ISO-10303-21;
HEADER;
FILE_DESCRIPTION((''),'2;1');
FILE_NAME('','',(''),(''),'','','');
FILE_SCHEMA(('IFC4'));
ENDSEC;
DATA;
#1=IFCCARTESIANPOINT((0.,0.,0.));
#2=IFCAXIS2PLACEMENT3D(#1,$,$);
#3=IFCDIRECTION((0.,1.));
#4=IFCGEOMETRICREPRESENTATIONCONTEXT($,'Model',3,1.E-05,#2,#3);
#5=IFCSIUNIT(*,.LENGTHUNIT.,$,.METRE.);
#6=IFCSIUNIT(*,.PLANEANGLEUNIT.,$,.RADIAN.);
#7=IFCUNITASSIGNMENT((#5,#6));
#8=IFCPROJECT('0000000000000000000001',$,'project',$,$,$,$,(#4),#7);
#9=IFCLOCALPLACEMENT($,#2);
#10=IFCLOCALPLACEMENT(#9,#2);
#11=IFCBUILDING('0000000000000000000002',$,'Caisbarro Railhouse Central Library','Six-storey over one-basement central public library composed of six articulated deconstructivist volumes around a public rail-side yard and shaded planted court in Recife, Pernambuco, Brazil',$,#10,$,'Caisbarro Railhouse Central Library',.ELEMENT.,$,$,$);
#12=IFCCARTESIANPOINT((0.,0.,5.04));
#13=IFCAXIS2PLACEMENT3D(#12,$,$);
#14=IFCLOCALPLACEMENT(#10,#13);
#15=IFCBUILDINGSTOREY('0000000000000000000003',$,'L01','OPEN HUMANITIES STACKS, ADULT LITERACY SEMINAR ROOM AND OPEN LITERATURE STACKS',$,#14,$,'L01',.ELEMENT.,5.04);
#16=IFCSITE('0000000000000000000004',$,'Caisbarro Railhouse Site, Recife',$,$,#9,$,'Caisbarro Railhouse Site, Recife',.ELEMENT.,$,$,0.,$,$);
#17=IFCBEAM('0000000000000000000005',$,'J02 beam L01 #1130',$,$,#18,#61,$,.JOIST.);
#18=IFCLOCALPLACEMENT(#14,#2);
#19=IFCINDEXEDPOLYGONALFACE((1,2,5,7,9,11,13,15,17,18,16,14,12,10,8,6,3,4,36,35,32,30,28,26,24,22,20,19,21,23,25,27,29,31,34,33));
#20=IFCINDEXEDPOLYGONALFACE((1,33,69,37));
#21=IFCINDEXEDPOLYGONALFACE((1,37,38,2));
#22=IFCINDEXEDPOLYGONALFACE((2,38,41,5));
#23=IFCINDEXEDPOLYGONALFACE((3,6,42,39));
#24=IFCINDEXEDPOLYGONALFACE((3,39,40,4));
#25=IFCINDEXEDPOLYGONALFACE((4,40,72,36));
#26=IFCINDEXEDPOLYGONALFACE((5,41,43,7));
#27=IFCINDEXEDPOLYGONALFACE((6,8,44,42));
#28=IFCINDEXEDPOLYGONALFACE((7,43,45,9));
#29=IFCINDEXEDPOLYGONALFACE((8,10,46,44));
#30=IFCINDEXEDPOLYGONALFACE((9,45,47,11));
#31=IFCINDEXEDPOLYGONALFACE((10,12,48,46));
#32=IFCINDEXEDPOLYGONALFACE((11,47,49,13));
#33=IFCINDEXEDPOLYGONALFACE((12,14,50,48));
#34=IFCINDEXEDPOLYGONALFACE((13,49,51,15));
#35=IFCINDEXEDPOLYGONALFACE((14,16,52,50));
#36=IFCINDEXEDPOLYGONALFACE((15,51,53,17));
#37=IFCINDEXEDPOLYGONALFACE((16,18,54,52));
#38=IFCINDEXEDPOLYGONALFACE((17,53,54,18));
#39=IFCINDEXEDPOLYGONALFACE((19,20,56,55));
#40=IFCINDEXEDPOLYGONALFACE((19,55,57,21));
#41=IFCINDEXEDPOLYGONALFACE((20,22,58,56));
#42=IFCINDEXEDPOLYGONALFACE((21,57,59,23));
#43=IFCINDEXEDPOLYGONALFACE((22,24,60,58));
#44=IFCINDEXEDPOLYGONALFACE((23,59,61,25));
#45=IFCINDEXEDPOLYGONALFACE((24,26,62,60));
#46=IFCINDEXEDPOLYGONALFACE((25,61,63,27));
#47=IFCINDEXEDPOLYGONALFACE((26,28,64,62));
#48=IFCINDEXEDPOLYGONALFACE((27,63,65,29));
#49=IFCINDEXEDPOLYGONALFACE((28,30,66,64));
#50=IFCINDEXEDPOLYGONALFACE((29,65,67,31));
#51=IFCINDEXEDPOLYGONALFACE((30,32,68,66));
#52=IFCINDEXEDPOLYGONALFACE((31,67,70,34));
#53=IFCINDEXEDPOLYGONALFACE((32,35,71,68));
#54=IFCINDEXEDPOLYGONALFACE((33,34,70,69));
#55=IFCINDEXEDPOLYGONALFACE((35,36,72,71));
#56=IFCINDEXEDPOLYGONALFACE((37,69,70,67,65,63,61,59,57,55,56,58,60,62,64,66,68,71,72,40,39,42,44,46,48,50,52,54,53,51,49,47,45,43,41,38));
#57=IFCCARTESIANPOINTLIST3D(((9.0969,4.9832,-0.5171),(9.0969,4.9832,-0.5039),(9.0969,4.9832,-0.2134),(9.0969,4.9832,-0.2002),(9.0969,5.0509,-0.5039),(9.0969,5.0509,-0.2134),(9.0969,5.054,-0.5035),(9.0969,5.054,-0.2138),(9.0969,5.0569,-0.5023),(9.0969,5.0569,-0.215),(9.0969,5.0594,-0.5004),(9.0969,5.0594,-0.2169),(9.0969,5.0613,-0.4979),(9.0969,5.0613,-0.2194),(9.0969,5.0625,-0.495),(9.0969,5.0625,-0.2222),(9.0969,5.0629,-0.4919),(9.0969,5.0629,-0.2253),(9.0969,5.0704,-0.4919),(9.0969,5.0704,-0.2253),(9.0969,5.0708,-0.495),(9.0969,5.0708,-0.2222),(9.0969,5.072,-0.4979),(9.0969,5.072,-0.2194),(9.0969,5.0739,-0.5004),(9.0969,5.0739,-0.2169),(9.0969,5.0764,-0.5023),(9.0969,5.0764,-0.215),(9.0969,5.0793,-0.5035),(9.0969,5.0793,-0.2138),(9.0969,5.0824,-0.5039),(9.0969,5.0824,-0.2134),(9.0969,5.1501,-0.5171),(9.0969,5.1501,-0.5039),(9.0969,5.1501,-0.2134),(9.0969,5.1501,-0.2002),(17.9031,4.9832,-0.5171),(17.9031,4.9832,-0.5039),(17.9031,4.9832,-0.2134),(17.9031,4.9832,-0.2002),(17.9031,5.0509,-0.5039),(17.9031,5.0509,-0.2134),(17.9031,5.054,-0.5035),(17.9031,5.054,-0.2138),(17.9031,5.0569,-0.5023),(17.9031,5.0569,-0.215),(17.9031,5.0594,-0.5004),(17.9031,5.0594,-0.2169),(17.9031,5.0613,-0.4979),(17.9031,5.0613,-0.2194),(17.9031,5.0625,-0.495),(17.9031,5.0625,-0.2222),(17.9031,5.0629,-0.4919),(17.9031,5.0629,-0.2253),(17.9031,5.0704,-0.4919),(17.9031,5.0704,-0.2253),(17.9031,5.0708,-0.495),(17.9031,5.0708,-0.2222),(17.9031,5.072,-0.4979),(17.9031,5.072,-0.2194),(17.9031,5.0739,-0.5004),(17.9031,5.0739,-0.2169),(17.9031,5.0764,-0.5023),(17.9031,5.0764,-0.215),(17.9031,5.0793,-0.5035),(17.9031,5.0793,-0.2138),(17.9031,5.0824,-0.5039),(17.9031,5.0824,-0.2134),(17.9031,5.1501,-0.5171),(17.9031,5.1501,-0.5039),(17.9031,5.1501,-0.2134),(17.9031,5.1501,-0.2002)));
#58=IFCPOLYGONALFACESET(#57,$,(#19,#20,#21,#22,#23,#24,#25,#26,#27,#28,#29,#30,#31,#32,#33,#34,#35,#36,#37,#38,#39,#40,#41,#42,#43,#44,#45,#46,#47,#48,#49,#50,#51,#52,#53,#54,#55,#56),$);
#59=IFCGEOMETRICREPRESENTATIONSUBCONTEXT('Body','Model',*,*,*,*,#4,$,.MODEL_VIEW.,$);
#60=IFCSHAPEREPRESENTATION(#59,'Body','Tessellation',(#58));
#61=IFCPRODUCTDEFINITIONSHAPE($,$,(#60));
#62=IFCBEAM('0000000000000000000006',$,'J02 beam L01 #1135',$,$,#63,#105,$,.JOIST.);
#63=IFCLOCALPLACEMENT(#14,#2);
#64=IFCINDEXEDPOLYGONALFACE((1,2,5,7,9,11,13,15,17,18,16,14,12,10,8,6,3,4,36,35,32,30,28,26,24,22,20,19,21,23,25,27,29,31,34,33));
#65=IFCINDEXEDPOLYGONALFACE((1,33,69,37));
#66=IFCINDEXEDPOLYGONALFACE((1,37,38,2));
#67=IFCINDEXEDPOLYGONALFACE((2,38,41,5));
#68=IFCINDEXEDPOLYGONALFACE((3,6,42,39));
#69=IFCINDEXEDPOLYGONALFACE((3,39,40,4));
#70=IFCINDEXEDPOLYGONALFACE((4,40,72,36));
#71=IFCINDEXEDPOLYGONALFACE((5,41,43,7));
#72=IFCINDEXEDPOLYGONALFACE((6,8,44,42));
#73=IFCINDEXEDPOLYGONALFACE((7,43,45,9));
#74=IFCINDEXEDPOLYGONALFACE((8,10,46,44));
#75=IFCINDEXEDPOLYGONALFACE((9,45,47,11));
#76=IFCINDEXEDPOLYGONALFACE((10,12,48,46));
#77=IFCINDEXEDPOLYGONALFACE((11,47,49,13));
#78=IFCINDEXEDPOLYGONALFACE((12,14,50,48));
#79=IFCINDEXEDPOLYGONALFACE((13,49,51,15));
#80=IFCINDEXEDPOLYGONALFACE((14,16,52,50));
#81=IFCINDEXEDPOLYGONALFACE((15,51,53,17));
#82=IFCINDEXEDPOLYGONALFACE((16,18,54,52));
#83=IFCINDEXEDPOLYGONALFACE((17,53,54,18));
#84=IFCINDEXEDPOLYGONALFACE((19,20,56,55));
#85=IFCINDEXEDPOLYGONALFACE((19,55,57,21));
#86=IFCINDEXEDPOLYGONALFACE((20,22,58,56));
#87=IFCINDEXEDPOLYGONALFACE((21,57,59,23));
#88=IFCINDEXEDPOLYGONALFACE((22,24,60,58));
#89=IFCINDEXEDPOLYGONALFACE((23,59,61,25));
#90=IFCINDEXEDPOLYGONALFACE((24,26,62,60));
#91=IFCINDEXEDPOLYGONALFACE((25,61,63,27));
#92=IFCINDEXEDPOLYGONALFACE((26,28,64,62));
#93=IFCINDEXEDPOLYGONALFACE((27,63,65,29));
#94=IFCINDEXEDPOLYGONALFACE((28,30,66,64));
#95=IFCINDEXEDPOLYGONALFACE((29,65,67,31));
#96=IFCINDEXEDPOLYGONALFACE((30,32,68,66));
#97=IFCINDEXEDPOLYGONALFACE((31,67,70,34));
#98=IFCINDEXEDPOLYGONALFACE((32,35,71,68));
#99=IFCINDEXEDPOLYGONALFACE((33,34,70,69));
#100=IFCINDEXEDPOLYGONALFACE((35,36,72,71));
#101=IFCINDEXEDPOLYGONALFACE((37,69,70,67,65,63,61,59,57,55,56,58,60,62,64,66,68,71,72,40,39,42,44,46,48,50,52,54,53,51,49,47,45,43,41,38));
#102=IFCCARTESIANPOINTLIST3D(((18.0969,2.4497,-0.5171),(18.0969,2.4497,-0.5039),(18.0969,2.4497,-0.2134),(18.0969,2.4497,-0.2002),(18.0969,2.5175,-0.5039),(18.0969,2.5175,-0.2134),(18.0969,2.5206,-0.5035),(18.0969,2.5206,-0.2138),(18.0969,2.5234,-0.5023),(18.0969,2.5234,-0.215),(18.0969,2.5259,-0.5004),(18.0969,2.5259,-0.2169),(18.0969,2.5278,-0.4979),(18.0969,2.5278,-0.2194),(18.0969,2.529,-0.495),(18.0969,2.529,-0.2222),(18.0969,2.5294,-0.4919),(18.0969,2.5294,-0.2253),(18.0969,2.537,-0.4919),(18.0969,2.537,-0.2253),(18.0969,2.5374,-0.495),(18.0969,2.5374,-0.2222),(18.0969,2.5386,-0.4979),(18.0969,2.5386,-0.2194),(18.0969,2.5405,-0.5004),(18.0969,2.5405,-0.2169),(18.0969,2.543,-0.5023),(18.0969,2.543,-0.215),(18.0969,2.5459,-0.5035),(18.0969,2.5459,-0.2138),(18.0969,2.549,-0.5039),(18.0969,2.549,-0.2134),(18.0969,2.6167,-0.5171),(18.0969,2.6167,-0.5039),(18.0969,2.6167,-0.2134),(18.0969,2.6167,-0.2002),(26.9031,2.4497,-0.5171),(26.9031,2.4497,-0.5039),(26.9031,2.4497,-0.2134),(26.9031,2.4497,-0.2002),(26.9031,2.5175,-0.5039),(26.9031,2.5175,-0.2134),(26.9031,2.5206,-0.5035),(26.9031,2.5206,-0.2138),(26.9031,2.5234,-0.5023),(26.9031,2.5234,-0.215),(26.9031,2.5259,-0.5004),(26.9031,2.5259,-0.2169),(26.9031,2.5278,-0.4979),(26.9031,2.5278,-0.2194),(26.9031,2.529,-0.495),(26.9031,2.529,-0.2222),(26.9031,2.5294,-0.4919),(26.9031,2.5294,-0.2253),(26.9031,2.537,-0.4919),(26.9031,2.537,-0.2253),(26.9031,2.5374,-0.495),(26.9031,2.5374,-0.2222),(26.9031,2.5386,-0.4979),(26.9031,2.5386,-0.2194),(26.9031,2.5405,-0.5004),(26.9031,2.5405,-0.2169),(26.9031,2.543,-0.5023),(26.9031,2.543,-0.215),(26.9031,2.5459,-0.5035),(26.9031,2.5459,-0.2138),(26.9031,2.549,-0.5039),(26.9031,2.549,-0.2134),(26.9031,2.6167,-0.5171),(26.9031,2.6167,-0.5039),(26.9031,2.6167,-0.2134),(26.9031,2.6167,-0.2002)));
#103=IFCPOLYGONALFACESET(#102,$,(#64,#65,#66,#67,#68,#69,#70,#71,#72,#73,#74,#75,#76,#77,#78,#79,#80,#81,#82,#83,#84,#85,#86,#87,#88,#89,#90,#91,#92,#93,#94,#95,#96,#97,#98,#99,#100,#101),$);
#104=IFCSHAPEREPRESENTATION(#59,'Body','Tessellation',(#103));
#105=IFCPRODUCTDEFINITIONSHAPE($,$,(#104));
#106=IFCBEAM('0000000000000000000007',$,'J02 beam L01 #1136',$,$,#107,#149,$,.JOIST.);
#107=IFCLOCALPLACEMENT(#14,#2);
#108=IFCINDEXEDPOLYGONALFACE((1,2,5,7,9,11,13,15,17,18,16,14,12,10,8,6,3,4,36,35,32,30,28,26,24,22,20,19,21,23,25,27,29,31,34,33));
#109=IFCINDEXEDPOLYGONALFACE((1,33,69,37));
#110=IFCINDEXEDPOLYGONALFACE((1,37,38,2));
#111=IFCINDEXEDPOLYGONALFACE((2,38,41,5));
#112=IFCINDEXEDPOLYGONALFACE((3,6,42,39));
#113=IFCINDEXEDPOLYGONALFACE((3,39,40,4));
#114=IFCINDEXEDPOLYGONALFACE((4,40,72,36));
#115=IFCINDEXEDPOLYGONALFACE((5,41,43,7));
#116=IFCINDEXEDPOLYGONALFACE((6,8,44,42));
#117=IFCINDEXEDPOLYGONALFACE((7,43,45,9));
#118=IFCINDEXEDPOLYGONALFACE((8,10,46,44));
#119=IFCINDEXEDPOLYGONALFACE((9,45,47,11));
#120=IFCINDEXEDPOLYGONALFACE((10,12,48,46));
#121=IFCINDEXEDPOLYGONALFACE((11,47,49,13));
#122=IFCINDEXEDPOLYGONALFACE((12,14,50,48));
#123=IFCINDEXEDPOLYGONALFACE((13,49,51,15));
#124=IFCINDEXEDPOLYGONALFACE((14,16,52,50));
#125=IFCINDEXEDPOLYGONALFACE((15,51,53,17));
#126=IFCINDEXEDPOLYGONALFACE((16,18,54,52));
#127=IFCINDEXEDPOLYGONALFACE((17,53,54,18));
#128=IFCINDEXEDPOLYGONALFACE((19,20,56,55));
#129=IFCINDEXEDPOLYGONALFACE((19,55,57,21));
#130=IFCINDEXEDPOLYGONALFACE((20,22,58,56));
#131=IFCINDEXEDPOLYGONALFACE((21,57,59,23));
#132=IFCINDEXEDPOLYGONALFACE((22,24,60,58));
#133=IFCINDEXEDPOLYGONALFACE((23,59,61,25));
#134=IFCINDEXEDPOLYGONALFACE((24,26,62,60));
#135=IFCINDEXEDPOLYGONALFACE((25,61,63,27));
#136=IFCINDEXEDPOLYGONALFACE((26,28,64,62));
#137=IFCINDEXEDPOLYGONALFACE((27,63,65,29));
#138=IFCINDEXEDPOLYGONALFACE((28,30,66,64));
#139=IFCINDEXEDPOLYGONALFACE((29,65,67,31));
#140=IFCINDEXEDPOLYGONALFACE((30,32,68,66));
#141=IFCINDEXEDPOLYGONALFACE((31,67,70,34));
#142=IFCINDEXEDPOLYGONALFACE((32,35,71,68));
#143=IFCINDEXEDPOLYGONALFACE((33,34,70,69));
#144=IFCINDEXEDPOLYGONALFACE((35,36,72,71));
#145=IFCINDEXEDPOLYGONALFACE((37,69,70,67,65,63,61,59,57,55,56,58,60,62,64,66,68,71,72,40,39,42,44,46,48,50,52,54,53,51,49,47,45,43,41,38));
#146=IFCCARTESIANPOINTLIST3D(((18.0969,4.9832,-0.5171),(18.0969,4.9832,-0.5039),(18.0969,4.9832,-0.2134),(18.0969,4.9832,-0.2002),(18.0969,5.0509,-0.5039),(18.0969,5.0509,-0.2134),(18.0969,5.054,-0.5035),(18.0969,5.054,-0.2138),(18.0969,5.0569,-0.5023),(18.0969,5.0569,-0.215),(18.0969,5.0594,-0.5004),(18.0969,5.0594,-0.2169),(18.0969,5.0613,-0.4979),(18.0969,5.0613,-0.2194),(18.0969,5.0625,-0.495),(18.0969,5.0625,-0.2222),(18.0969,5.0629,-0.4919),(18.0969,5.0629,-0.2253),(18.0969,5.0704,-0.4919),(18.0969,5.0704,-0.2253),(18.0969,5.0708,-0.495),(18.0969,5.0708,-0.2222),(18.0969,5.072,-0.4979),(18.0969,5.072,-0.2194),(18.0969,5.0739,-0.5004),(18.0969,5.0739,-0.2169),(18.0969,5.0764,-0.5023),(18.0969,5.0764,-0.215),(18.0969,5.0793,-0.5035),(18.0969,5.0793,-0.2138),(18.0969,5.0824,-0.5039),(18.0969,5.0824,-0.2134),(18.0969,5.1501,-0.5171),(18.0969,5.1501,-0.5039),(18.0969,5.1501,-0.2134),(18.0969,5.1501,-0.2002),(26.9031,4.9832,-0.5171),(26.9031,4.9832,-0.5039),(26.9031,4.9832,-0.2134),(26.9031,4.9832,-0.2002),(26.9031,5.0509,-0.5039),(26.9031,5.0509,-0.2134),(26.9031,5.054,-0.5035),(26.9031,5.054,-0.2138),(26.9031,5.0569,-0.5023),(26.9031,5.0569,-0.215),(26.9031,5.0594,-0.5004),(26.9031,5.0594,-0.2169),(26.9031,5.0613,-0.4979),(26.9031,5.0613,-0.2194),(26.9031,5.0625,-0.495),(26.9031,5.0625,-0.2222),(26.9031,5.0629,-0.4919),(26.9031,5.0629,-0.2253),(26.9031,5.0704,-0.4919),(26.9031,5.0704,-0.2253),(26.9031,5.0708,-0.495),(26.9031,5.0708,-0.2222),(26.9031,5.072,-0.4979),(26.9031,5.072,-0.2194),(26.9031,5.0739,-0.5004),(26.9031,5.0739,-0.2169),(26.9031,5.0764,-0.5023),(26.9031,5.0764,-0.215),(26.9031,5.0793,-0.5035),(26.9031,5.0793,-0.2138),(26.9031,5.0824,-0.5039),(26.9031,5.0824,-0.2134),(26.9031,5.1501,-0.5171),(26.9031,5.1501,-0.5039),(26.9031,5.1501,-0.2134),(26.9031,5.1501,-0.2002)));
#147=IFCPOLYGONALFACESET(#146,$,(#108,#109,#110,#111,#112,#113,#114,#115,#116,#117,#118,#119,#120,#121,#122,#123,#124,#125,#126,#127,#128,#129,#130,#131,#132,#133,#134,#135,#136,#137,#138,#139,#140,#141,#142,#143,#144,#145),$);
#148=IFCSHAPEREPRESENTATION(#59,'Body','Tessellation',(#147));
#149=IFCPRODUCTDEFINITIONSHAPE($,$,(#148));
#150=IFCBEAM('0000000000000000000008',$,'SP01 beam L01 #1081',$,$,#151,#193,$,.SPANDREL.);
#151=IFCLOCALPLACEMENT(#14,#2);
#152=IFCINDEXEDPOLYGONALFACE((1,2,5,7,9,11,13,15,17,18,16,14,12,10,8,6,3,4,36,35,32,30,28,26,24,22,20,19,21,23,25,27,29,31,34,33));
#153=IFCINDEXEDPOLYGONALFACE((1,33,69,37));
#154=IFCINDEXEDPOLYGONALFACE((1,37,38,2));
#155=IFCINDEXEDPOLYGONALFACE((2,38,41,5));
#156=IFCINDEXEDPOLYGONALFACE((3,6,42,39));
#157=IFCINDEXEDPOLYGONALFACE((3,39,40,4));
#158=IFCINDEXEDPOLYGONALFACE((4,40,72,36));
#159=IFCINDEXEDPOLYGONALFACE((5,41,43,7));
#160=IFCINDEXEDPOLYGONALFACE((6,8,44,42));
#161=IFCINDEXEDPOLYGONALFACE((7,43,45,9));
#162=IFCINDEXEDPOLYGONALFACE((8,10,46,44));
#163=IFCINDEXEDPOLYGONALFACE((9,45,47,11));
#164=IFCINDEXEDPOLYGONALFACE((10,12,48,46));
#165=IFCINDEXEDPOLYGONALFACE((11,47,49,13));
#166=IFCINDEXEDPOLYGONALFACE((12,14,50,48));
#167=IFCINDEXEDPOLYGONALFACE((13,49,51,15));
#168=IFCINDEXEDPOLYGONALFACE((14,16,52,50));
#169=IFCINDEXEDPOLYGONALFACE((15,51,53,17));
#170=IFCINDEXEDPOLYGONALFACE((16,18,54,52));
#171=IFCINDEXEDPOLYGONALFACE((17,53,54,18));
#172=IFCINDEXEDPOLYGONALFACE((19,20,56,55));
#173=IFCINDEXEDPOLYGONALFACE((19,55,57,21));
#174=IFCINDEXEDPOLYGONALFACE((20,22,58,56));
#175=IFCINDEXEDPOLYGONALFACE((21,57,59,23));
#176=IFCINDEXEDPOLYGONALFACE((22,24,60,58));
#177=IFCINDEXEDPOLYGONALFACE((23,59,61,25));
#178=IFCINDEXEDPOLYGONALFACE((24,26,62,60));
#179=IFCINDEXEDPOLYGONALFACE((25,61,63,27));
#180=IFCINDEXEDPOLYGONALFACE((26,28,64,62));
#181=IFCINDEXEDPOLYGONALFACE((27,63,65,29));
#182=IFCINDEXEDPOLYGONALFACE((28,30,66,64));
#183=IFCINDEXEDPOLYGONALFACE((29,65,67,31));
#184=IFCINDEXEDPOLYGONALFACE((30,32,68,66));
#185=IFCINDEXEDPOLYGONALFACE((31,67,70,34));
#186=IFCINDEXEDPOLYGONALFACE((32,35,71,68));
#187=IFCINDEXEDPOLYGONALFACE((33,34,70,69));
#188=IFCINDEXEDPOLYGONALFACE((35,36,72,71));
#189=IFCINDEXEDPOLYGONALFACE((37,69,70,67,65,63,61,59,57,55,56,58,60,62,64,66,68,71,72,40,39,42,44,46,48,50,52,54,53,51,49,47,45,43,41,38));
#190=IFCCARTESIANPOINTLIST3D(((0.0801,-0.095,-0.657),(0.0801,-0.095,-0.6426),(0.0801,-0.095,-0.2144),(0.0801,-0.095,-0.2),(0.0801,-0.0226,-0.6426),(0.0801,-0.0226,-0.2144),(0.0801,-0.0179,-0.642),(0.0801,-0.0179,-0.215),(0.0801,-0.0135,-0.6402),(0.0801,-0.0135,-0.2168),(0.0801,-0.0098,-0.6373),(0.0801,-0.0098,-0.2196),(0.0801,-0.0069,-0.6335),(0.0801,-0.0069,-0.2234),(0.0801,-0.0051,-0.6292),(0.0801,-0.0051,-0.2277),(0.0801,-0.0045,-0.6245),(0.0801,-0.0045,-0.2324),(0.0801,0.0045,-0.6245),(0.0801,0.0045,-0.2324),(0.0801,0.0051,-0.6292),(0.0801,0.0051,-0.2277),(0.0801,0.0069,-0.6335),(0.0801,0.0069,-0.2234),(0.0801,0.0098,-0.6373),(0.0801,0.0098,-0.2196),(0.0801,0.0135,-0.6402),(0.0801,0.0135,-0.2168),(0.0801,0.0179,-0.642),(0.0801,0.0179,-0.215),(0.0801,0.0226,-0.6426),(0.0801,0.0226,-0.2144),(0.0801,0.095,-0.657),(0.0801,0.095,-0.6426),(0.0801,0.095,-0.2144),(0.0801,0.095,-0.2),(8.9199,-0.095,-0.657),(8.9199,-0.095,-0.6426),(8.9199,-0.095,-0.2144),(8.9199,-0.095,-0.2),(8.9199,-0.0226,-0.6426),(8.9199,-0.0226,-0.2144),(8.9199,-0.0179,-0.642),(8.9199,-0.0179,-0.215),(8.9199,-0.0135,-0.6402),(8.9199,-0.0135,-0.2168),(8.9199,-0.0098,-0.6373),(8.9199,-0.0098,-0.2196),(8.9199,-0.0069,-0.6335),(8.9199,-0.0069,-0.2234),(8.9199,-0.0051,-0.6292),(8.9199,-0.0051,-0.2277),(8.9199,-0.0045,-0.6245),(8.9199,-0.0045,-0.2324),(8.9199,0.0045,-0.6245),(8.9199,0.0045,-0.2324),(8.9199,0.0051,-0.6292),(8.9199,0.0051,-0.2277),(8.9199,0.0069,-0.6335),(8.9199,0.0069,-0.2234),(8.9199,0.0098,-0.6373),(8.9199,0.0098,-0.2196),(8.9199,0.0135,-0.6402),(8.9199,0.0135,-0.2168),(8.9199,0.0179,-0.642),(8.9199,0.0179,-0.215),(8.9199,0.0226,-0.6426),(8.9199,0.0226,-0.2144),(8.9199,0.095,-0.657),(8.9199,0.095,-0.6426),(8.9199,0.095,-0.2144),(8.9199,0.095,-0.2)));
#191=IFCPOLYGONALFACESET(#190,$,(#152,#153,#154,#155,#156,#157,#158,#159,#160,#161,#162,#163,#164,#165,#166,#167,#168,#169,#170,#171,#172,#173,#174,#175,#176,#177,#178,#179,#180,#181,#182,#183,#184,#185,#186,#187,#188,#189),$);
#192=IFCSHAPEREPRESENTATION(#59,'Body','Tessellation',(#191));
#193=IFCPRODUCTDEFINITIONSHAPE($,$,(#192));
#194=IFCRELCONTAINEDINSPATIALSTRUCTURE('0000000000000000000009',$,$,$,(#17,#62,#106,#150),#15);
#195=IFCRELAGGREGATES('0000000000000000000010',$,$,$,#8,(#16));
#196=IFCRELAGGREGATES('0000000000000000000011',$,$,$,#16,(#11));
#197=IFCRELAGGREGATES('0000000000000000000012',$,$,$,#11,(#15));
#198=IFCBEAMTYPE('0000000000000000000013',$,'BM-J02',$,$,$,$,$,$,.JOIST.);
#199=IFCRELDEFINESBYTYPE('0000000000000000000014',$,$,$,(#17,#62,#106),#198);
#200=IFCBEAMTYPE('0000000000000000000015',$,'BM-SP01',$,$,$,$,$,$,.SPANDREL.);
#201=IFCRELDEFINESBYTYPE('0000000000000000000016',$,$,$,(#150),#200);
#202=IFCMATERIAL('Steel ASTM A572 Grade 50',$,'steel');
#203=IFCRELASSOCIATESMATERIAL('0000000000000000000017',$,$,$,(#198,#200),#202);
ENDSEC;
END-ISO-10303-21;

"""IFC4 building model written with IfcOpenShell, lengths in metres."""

from ifc_helpers import new_model, si_unit, direction, frame, origin, origin_2d, place, context, subcontext, project, spatial, i_section, extrude, material, material_profile, profile_set, type_object, element, save


model = new_model("IFC4")

# Units and contexts
model_context = context("Model", 3, precision=1e-05, world=origin(), true_north=direction((0.0, 1.0)))
body_context = subcontext(model_context, "Body", "Model", "MODEL_VIEW")
ifc_project = project(units=[si_unit("LENGTHUNIT", "METRE"), si_unit("PLANEANGLEUNIT", "RADIAN")], contexts=[model_context])

# Site, building, storey
site_placement = place(None, origin())
site = spatial("IfcSite", under=ifc_project, at=site_placement, Name="Caisbarro Railhouse Site, Recife", LongName="Caisbarro Railhouse Site, Recife", CompositionType="ELEMENT", RefElevation=0.0)
building_placement = place(site_placement, origin())
building = spatial("IfcBuilding", under=site, at=building_placement, Name="Caisbarro Railhouse Central Library", Description="Six-storey over one-basement central public library composed of six articulated deconstructivist volumes around a public rail-side yard and shaded planted court in Recife, Pernambuco, Brazil", LongName="Caisbarro Railhouse Central Library", CompositionType="ELEMENT")
storey_placement = place(building_placement, frame((0.0, 0.0, 5.04)))
storey = spatial("IfcBuildingStorey", under=building, at=storey_placement, Name="L01", Description="OPEN HUMANITIES STACKS, ADULT LITERACY SEMINAR ROOM AND OPEN LITERATURE STACKS", LongName="L01", CompositionType="ELEMENT", Elevation=5.04)

# Shared definitions
ifc_material_1 = material(Name="Steel ASTM A572 Grade 50", Category="steel")

# Beams
ifc_material_profile_1 = material_profile(ifc_material_1, i_section(OverallWidth=0.167, OverallDepth=0.3169, WebThickness=0.0076, FlangeThickness=0.0132, FilletRadius=0.012, at=origin_2d()), Name="W310X52.0")
ifc_profile_set_1 = profile_set([ifc_material_profile_1], Name="Steel ASTM A572 Grade 50")
beam_type_1 = type_object("IfcBeamType", Name="BM-J02", PredefinedType="JOIST", material=ifc_profile_set_1)
for number, where, z_axis, x_axis, name in (
    (1, (9.0969, 5.0667, -0.3586), (1.0, 0.0, 0.0), (0.0, 1.0, 0.0), "J02 beam L01 #1130"),
    (2, (18.0969, 2.5332, -0.3586), (1.0, 0.0, 0.0), (0.0, 1.0, 0.0), "J02 beam L01 #1135"),
    (3, (18.0969, 5.0667, -0.3586), (1.0, 0.0, 0.0), (0.0, 1.0, 0.0), "J02 beam L01 #1136"),
):
    element("IfcBeam", number, at=place(storey_placement, frame(where, z_axis=z_axis, x_axis=x_axis)), inside=storey, type_object=beam_type_1, Name=name, PredefinedType="JOIST", context=body_context, shape_type="SweptSolid", body=[
        extrude(i_section(OverallWidth=0.167, OverallDepth=0.3169, WebThickness=0.0076, FlangeThickness=0.0132, FilletRadius=0.012, at=origin_2d()), origin(), (0.0, 0.0, 1.0), 8.8062),
    ])
ifc_material_profile_2 = material_profile(ifc_material_1, i_section(OverallWidth=0.1899, OverallDepth=0.457, WebThickness=0.009, FlangeThickness=0.0144, FilletRadius=0.0181, at=origin_2d()), Name="W460X74.0")
ifc_profile_set_2 = profile_set([ifc_material_profile_2], Name="Steel ASTM A572 Grade 50")
beam_type_2 = type_object("IfcBeamType", Name="BM-SP01", PredefinedType="SPANDREL", material=ifc_profile_set_2)
for number, where, z_axis, x_axis, name in (
    (4, (0.0801, 0.0, -0.4285), (1.0, 0.0, 0.0), (0.0, 1.0, 0.0), "SP01 beam L01 #1081"),
):
    element("IfcBeam", number, at=place(storey_placement, frame(where, z_axis=z_axis, x_axis=x_axis)), inside=storey, type_object=beam_type_2, Name=name, PredefinedType="SPANDREL", context=body_context, shape_type="SweptSolid", body=[
        extrude(i_section(OverallWidth=0.1899, OverallDepth=0.457, WebThickness=0.009, FlangeThickness=0.0144, FilletRadius=0.0181, at=origin_2d()), origin(), (0.0, 0.0, 1.0), 8.8398),
    ])

save(model, "model.ifc")
